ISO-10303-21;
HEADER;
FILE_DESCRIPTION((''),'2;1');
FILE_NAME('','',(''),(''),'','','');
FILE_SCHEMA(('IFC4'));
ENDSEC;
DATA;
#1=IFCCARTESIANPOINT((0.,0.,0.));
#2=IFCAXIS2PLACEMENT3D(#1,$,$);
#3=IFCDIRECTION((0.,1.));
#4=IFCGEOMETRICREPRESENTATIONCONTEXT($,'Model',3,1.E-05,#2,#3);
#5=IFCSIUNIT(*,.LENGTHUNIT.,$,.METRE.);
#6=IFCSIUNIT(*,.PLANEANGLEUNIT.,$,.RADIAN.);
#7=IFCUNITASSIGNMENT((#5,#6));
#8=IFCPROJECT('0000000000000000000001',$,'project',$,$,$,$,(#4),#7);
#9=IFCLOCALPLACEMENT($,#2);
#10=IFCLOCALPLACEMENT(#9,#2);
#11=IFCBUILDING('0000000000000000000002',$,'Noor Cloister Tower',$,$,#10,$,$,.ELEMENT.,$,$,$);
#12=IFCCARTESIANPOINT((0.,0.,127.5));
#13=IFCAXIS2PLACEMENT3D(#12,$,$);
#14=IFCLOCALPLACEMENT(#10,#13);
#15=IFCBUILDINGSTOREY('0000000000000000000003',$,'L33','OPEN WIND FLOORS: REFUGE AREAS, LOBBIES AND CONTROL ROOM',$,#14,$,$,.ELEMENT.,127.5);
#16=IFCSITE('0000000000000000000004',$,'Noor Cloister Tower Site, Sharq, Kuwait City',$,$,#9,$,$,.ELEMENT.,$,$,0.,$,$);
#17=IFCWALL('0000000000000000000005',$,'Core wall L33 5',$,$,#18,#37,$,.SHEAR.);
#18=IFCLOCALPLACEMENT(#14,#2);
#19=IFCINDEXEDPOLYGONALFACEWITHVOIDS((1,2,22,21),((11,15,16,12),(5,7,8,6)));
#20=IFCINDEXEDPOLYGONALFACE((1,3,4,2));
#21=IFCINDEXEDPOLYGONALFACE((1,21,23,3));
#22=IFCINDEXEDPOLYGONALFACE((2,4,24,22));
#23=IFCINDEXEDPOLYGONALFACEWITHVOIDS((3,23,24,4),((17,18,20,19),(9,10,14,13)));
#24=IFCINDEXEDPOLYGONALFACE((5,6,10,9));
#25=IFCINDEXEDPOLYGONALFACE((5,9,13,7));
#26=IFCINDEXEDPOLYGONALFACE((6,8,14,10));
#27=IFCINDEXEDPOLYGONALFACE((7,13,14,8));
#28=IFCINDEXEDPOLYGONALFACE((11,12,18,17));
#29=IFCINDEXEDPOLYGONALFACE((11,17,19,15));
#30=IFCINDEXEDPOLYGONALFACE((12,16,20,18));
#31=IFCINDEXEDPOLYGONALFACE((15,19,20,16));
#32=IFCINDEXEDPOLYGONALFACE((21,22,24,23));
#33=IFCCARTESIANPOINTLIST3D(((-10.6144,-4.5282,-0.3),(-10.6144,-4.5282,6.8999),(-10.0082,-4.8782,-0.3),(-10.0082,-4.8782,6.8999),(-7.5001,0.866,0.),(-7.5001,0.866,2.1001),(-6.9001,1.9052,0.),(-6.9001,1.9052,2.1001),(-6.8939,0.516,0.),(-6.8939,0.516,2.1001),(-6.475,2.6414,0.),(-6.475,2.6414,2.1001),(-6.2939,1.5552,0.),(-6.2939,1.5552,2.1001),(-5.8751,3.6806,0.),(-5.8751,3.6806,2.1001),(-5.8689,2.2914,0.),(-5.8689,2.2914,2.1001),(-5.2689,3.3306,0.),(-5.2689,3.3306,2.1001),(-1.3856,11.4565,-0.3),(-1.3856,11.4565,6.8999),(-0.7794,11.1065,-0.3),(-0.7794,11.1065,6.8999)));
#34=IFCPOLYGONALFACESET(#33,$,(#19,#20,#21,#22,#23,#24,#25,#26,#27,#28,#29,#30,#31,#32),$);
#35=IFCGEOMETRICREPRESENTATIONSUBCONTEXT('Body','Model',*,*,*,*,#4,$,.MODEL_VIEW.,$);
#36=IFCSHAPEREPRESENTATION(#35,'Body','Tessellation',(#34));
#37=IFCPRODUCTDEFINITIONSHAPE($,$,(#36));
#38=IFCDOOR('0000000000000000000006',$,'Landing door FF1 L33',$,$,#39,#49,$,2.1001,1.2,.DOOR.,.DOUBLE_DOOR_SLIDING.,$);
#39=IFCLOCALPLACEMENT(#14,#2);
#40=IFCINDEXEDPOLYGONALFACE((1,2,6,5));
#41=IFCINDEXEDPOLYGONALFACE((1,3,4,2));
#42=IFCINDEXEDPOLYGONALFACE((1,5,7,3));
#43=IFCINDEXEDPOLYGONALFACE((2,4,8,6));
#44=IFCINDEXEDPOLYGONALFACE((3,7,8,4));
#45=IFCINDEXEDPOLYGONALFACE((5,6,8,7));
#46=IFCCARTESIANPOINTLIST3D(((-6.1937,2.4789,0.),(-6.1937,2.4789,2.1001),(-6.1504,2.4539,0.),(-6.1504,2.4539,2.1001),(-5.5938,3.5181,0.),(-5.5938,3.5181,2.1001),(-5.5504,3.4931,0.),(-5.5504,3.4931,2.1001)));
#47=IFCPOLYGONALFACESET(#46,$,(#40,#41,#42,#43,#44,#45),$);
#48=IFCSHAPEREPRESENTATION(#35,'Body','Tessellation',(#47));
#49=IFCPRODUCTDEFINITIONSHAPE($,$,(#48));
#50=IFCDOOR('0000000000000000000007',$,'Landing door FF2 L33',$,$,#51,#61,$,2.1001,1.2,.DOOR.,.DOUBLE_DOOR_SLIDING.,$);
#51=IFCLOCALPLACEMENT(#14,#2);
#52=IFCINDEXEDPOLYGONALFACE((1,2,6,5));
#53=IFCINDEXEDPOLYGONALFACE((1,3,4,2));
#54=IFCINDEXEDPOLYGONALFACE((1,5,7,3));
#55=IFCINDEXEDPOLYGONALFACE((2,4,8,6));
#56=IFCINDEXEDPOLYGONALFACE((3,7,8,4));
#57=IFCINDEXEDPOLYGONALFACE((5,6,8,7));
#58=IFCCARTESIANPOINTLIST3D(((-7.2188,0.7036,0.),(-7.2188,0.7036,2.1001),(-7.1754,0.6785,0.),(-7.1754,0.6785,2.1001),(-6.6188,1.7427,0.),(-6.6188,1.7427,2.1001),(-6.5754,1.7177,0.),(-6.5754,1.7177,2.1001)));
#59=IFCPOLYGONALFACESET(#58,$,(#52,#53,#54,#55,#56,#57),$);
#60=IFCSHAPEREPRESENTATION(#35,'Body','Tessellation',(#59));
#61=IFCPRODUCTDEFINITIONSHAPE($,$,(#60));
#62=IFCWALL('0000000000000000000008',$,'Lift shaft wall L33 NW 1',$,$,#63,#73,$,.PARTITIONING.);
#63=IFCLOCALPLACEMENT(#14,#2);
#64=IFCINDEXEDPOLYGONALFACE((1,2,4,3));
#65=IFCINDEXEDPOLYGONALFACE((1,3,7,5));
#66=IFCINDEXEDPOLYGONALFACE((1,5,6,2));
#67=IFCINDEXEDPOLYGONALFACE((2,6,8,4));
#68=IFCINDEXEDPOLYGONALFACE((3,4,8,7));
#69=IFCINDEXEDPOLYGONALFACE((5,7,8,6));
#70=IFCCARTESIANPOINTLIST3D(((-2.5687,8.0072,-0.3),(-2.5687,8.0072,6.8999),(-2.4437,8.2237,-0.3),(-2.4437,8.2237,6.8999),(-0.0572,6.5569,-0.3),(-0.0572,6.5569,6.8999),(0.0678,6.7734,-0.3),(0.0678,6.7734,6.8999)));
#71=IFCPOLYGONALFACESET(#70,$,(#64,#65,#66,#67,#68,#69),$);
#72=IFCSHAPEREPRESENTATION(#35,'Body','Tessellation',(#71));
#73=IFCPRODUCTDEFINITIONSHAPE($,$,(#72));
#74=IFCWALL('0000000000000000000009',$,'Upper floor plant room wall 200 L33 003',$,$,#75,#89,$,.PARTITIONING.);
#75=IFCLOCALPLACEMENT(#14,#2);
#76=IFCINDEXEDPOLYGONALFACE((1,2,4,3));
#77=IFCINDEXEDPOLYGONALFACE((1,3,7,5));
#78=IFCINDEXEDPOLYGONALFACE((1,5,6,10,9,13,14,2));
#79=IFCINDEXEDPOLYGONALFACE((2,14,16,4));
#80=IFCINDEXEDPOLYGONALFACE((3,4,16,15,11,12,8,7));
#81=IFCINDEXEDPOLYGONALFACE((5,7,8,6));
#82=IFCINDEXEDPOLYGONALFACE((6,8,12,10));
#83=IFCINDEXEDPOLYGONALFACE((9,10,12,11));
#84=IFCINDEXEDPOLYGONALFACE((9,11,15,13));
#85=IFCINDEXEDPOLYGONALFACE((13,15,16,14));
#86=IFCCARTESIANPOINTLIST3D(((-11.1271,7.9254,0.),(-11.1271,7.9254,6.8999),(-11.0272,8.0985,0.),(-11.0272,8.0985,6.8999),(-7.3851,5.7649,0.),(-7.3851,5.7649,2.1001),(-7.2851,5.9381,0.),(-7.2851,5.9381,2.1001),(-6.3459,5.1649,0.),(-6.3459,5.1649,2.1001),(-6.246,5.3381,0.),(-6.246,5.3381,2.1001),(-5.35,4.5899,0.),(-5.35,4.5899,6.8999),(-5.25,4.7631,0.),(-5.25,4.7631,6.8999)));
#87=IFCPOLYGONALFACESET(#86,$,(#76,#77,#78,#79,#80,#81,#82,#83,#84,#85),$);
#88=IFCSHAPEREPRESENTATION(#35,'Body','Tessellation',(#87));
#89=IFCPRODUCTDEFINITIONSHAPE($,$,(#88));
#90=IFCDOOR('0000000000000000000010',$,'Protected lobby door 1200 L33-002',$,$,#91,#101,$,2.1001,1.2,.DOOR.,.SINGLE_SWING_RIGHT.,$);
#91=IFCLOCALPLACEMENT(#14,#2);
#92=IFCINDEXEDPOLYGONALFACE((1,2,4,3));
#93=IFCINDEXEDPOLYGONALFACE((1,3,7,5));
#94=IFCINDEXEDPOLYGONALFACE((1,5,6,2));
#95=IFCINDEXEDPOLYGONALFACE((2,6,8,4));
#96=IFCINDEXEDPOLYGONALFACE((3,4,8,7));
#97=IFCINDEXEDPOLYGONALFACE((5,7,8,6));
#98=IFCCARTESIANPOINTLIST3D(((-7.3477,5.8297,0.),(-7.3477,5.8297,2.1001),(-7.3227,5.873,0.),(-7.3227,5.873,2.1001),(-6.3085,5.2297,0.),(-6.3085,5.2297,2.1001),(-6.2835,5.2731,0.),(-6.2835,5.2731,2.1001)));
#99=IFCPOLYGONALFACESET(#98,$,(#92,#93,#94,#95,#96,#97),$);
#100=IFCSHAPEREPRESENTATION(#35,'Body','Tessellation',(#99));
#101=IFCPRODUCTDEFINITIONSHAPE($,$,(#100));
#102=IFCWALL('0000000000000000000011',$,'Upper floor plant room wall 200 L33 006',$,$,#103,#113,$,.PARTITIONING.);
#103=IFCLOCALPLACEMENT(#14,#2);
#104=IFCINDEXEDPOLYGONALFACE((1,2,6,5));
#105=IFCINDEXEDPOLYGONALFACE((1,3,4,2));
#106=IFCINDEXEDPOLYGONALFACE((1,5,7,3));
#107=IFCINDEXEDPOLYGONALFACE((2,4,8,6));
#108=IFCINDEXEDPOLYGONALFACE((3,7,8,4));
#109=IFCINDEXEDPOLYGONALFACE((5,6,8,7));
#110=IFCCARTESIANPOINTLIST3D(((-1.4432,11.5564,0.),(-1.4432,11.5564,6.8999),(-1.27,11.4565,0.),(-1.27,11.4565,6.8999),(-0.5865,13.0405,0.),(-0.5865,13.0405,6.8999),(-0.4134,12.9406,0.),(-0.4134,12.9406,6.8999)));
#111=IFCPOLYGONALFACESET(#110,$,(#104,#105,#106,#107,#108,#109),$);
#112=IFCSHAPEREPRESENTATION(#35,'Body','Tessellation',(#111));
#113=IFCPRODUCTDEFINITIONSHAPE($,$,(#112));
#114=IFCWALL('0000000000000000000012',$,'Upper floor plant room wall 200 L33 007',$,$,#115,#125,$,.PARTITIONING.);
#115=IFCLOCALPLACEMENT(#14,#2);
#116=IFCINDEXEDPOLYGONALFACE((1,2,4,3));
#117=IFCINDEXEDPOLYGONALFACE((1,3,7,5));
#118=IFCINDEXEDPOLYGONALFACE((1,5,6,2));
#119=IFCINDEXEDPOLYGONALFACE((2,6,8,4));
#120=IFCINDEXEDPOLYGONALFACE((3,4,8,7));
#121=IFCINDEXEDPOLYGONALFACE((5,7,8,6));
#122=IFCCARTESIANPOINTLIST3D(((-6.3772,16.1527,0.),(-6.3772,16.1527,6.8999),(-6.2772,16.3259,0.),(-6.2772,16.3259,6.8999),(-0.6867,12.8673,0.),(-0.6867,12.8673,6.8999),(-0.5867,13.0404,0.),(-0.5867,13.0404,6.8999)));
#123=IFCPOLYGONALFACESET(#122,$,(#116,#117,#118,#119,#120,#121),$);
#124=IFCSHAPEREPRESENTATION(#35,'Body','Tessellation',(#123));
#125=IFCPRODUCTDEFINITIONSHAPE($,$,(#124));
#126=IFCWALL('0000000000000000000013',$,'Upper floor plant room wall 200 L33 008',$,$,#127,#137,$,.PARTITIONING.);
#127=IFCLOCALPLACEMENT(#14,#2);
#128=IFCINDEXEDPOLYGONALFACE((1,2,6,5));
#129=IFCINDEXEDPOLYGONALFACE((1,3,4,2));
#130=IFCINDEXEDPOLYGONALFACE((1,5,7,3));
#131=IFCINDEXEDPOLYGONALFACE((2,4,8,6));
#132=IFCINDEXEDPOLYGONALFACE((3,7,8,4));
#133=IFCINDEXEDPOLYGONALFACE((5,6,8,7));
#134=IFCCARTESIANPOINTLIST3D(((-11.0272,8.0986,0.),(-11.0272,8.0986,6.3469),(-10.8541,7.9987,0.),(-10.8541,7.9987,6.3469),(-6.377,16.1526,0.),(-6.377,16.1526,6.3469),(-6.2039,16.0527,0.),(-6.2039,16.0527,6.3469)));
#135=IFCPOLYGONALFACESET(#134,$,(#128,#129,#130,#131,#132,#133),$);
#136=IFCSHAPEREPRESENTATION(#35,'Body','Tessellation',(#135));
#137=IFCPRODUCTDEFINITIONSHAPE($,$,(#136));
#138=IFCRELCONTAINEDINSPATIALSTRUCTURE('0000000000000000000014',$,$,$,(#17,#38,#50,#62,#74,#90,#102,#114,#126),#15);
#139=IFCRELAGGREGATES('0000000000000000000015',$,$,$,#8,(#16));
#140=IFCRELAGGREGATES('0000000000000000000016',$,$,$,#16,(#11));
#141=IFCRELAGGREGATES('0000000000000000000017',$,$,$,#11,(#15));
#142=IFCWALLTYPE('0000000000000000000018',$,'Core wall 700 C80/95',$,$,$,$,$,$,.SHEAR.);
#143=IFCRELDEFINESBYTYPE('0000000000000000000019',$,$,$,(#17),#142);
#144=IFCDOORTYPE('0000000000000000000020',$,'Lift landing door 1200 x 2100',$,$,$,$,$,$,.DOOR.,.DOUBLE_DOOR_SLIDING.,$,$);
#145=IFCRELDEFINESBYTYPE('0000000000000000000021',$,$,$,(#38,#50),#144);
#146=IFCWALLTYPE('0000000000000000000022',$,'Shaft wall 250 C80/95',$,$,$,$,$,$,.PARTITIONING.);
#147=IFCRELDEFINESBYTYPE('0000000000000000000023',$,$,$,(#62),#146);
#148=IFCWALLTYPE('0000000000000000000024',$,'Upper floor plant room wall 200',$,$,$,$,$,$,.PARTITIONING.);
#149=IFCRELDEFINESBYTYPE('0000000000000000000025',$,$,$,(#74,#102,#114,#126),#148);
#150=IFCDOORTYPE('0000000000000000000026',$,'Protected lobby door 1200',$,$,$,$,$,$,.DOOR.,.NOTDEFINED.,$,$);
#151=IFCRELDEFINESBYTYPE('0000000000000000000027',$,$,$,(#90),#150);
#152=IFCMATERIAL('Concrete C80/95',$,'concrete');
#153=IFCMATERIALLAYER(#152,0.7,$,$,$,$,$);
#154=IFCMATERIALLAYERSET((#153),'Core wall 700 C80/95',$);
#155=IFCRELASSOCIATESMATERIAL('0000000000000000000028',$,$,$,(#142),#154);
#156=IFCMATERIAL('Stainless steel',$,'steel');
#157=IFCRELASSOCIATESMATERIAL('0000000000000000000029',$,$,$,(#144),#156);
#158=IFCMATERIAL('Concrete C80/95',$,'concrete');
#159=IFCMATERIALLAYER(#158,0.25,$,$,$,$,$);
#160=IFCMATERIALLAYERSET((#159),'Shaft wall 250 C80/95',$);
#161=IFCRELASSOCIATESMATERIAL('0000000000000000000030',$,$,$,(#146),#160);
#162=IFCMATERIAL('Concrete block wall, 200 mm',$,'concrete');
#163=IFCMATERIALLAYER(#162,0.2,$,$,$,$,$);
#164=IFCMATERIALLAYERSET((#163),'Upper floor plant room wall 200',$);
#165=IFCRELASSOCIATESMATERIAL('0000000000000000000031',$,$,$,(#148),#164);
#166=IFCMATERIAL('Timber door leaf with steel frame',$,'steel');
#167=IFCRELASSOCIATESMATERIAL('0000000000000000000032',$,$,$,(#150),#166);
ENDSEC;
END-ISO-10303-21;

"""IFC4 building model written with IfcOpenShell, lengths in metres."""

from ifc_helpers import new_model, si_unit, direction, frame, frame_2d, origin, place, context, subcontext, project, spatial, rectangle, extrude, material, layer, layer_set, type_object, element, fill, save


model = new_model("IFC4")

# Units and contexts
model_context = context("Model", 3, precision=1e-05, world=origin(), true_north=direction((0.0, 1.0)))
body_context = subcontext(model_context, "Body", "Model", "MODEL_VIEW")
ifc_project = project(units=[si_unit("LENGTHUNIT", "METRE"), si_unit("PLANEANGLEUNIT", "RADIAN")], contexts=[model_context])

# Site, building, storey
site_placement = place(None, origin())
site = spatial("IfcSite", under=ifc_project, at=site_placement, Name="Noor Cloister Tower Site, Sharq, Kuwait City", CompositionType="ELEMENT", RefElevation=0.0)
building_placement = place(site_placement, origin())
building = spatial("IfcBuilding", under=site, at=building_placement, Name="Noor Cloister Tower", CompositionType="ELEMENT")
storey_placement = place(building_placement, frame((0.0, 0.0, 127.5)))
storey = spatial("IfcBuildingStorey", under=building, at=storey_placement, Name="L33", Description="OPEN WIND FLOORS: REFUGE AREAS, LOBBIES AND CONTROL ROOM", CompositionType="ELEMENT", Elevation=127.5)

# Wall, openings, doors
ifc_material_1 = material(Name="Concrete C80/95", Category="concrete")
ifc_layer_1 = layer(ifc_material_1, 0.7)
ifc_layer_set_1 = layer_set([ifc_layer_1], Name="Core wall 700 C80/95")
wall_type_1 = type_object("IfcWallType", Name="Core wall 700 C80/95", PredefinedType="SHEAR", material=ifc_layer_set_1)
wall_1_placement = place(storey_placement, frame((-1.0825, 11.2815, -0.3), z_axis=(0.0, 0.0, 1.0), x_axis=(-0.500001, -0.866025, 0.0)))
wall_1 = element("IfcWall", 1, at=wall_1_placement, inside=storey, type_object=wall_type_1, Name="Core wall L33 5", PredefinedType="SHEAR", context=body_context, shape_type="SweptSolid", body=[
    extrude(rectangle(XDim=18.4575, YDim=0.7, at=frame_2d((9.2288, 0.0))), origin(), (0.0, 0.0, 1.0), 7.2),
])
opening_1_placement = place(wall_1_placement, frame((8.9788, 0.0, 0.3)))
opening_1 = element("IfcOpeningElement", 2, at=opening_1_placement, cuts=wall_1, PredefinedType="OPENING", context=body_context, shape_type="SweptSolid", body=[
    extrude(rectangle(XDim=1.2, YDim=2.1001, at=frame_2d((0.6001, 1.05))), frame((0.0, 0.3599, 0.0), z_axis=(0.0, -1.0, 0.0), x_axis=(1.0, 0.0, 0.0)), (0.0, 0.0, 1.0), 0.72),
])
opening_2_placement = place(wall_1_placement, frame((11.0288, 0.0, 0.3)))
opening_2 = element("IfcOpeningElement", 3, at=opening_2_placement, cuts=wall_1, PredefinedType="OPENING", context=body_context, shape_type="SweptSolid", body=[
    extrude(rectangle(XDim=1.2, YDim=2.1001, at=frame_2d((0.6001, 1.05))), frame((0.0, 0.3599, 0.0), z_axis=(0.0, -1.0, 0.0), x_axis=(1.0, 0.0, 0.0)), (0.0, 0.0, 1.0), 0.72),
])
ifc_material_2 = material(Name="Stainless steel", Category="steel")
door_type_1 = type_object("IfcDoorType", Name="Lift landing door 1200 x 2100", OperationType="DOUBLE_DOOR_SLIDING", PredefinedType="DOOR", material=ifc_material_2)
door_1_placement = place(opening_1_placement, origin())
door_1 = element("IfcDoor", 4, at=door_1_placement, inside=storey, type_object=door_type_1, Name="Landing door FF1 L33", OperationType="DOUBLE_DOOR_SLIDING", OverallHeight=2.1001, OverallWidth=1.2, PredefinedType="DOOR", context=body_context, shape_type="SweptSolid", body=[
    extrude(rectangle(XDim=1.2, YDim=2.1001, at=frame_2d((0.6001, 1.05))), frame((0.0, 0.0249, 0.0), z_axis=(0.0, -1.0, 0.0), x_axis=(1.0, 0.0, 0.0)), (0.0, 0.0, 1.0), 0.05),
])
fill(opening_1, door_1)
door_2_placement = place(opening_2_placement, origin())
door_2 = element("IfcDoor", 5, at=door_2_placement, inside=storey, type_object=door_type_1, Name="Landing door FF2 L33", OperationType="DOUBLE_DOOR_SLIDING", OverallHeight=2.1001, OverallWidth=1.2, PredefinedType="DOOR", context=body_context, shape_type="SweptSolid", body=[
    extrude(rectangle(XDim=1.2, YDim=2.1001, at=frame_2d((0.6001, 1.05))), frame((0.0, 0.0249, 0.0), z_axis=(0.0, -1.0, 0.0), x_axis=(1.0, 0.0, 0.0)), (0.0, 0.0, 1.0), 0.05),
])
fill(opening_2, door_2)

# Wall
ifc_material_3 = material(Name="Concrete C80/95", Category="concrete")
ifc_layer_2 = layer(ifc_material_3, 0.25)
ifc_layer_set_2 = layer_set([ifc_layer_2], Name="Shaft wall 250 C80/95")
wall_type_2 = type_object("IfcWallType", Name="Shaft wall 250 C80/95", PredefinedType="PARTITIONING", material=ifc_layer_set_2)
wall_2_placement = place(storey_placement, frame((-2.5063, 8.1155, -0.3), z_axis=(0.0, 0.0, 1.0), x_axis=(0.865996, -0.50005, 0.0)))
element("IfcWall", 6, at=wall_2_placement, inside=storey, type_object=wall_type_2, Name="Lift shaft wall L33 NW 1", PredefinedType="PARTITIONING", context=body_context, shape_type="SweptSolid", body=[
    extrude(rectangle(XDim=2.9001, YDim=0.25, at=frame_2d((1.4502, 0.0))), origin(), (0.0, 0.0, 1.0), 7.2),
])

# Wall, opening, door
ifc_material_4 = material(Name="Concrete block wall, 200 mm", Category="concrete")
ifc_layer_3 = layer(ifc_material_4, 0.2)
ifc_layer_set_3 = layer_set([ifc_layer_3], Name="Upper floor plant room wall 200")
wall_type_3 = type_object("IfcWallType", Name="Upper floor plant room wall 200", PredefinedType="PARTITIONING", material=ifc_layer_set_3)
wall_3_placement = place(storey_placement, frame((-11.0771, 8.012, 0.0), z_axis=(0.0, 0.0, 1.0), x_axis=(0.866023, -0.500004, 0.0)))
wall_3 = element("IfcWall", 7, at=wall_3_placement, inside=storey, type_object=wall_type_3, Name="Upper floor plant room wall 200 L33 003", PredefinedType="PARTITIONING", context=body_context, shape_type="SweptSolid", body=[
    extrude(rectangle(XDim=6.6709, YDim=0.2, at=frame_2d((3.3354, 0.0))), origin(), (0.0, 0.0, 1.0), 6.8999),
])
opening_3_placement = place(wall_3_placement, frame((4.3208, 0.0, 0.0)))
opening_3 = element("IfcOpeningElement", 8, at=opening_3_placement, cuts=wall_3, PredefinedType="OPENING", context=body_context, shape_type="SweptSolid", body=[
    extrude(rectangle(XDim=1.2, YDim=2.1001, at=frame_2d((0.6001, 1.05))), frame((0.0, 0.1099, 0.0), z_axis=(0.0, -1.0, 0.0), x_axis=(1.0, 0.0, 0.0)), (0.0, 0.0, 1.0), 0.22),
])
ifc_material_5 = material(Name="Timber door leaf with steel frame", Category="steel")
door_type_2 = type_object("IfcDoorType", Name="Protected lobby door 1200", OperationType="NOTDEFINED", PredefinedType="DOOR", material=ifc_material_5)
door_3_placement = place(opening_3_placement, origin())
door_3 = element("IfcDoor", 9, at=door_3_placement, inside=storey, type_object=door_type_2, Name="Protected lobby door 1200 L33-002", OperationType="SINGLE_SWING_RIGHT", OverallHeight=2.1001, OverallWidth=1.2, PredefinedType="DOOR", context=body_context, shape_type="SweptSolid", body=[
    extrude(rectangle(XDim=1.2, YDim=2.1001, at=frame_2d((0.6001, 1.05))), frame((0.0, 0.0249, 0.0), z_axis=(0.0, -1.0, 0.0), x_axis=(1.0, 0.0, 0.0)), (0.0, 0.0, 1.0), 0.05),
])
fill(opening_3, door_3)

# Walls
wall_4_placement = place(storey_placement, frame((-1.3567, 11.5063, 0.0), z_axis=(0.0, 0.0, 1.0), x_axis=(0.499924, 0.866069, 0.0)))
element("IfcWall", 10, at=wall_4_placement, inside=storey, type_object=wall_type_3, Name="Upper floor plant room wall 200 L33 006", PredefinedType="PARTITIONING", context=body_context, shape_type="SweptSolid", body=[
    extrude(rectangle(XDim=1.7136, YDim=0.2, at=frame_2d((0.8569, 0.0))), origin(), (0.0, 0.0, 1.0), 6.8999),
])
wall_5_placement = place(storey_placement, frame((-0.6367, 12.9539, 0.0), z_axis=(0.0, 0.0, 1.0), x_axis=(-0.866023, 0.500003, 0.0)))
element("IfcWall", 11, at=wall_5_placement, inside=storey, type_object=wall_type_3, Name="Upper floor plant room wall 200 L33 007", PredefinedType="PARTITIONING", context=body_context, shape_type="SweptSolid", body=[
    extrude(rectangle(XDim=6.5708, YDim=0.2, at=frame_2d((3.2854, 0.0))), origin(), (0.0, 0.0, 1.0), 6.8999),
])
wall_6_placement = place(storey_placement, frame((-6.2905, 16.1025, 0.0), z_axis=(0.0, 0.0, 1.0), x_axis=(-0.500016, -0.866016, 0.0)))
element("IfcWall", 12, at=wall_6_placement, inside=storey, type_object=wall_type_3, Name="Upper floor plant room wall 200 L33 008", PredefinedType="PARTITIONING", context=body_context, shape_type="SweptSolid", body=[
    extrude(rectangle(XDim=9.3, YDim=0.2, at=frame_2d((4.6499, 0.0))), origin(), (0.0, 0.0, 1.0), 6.3469),
])

save(model, "model.ifc")
